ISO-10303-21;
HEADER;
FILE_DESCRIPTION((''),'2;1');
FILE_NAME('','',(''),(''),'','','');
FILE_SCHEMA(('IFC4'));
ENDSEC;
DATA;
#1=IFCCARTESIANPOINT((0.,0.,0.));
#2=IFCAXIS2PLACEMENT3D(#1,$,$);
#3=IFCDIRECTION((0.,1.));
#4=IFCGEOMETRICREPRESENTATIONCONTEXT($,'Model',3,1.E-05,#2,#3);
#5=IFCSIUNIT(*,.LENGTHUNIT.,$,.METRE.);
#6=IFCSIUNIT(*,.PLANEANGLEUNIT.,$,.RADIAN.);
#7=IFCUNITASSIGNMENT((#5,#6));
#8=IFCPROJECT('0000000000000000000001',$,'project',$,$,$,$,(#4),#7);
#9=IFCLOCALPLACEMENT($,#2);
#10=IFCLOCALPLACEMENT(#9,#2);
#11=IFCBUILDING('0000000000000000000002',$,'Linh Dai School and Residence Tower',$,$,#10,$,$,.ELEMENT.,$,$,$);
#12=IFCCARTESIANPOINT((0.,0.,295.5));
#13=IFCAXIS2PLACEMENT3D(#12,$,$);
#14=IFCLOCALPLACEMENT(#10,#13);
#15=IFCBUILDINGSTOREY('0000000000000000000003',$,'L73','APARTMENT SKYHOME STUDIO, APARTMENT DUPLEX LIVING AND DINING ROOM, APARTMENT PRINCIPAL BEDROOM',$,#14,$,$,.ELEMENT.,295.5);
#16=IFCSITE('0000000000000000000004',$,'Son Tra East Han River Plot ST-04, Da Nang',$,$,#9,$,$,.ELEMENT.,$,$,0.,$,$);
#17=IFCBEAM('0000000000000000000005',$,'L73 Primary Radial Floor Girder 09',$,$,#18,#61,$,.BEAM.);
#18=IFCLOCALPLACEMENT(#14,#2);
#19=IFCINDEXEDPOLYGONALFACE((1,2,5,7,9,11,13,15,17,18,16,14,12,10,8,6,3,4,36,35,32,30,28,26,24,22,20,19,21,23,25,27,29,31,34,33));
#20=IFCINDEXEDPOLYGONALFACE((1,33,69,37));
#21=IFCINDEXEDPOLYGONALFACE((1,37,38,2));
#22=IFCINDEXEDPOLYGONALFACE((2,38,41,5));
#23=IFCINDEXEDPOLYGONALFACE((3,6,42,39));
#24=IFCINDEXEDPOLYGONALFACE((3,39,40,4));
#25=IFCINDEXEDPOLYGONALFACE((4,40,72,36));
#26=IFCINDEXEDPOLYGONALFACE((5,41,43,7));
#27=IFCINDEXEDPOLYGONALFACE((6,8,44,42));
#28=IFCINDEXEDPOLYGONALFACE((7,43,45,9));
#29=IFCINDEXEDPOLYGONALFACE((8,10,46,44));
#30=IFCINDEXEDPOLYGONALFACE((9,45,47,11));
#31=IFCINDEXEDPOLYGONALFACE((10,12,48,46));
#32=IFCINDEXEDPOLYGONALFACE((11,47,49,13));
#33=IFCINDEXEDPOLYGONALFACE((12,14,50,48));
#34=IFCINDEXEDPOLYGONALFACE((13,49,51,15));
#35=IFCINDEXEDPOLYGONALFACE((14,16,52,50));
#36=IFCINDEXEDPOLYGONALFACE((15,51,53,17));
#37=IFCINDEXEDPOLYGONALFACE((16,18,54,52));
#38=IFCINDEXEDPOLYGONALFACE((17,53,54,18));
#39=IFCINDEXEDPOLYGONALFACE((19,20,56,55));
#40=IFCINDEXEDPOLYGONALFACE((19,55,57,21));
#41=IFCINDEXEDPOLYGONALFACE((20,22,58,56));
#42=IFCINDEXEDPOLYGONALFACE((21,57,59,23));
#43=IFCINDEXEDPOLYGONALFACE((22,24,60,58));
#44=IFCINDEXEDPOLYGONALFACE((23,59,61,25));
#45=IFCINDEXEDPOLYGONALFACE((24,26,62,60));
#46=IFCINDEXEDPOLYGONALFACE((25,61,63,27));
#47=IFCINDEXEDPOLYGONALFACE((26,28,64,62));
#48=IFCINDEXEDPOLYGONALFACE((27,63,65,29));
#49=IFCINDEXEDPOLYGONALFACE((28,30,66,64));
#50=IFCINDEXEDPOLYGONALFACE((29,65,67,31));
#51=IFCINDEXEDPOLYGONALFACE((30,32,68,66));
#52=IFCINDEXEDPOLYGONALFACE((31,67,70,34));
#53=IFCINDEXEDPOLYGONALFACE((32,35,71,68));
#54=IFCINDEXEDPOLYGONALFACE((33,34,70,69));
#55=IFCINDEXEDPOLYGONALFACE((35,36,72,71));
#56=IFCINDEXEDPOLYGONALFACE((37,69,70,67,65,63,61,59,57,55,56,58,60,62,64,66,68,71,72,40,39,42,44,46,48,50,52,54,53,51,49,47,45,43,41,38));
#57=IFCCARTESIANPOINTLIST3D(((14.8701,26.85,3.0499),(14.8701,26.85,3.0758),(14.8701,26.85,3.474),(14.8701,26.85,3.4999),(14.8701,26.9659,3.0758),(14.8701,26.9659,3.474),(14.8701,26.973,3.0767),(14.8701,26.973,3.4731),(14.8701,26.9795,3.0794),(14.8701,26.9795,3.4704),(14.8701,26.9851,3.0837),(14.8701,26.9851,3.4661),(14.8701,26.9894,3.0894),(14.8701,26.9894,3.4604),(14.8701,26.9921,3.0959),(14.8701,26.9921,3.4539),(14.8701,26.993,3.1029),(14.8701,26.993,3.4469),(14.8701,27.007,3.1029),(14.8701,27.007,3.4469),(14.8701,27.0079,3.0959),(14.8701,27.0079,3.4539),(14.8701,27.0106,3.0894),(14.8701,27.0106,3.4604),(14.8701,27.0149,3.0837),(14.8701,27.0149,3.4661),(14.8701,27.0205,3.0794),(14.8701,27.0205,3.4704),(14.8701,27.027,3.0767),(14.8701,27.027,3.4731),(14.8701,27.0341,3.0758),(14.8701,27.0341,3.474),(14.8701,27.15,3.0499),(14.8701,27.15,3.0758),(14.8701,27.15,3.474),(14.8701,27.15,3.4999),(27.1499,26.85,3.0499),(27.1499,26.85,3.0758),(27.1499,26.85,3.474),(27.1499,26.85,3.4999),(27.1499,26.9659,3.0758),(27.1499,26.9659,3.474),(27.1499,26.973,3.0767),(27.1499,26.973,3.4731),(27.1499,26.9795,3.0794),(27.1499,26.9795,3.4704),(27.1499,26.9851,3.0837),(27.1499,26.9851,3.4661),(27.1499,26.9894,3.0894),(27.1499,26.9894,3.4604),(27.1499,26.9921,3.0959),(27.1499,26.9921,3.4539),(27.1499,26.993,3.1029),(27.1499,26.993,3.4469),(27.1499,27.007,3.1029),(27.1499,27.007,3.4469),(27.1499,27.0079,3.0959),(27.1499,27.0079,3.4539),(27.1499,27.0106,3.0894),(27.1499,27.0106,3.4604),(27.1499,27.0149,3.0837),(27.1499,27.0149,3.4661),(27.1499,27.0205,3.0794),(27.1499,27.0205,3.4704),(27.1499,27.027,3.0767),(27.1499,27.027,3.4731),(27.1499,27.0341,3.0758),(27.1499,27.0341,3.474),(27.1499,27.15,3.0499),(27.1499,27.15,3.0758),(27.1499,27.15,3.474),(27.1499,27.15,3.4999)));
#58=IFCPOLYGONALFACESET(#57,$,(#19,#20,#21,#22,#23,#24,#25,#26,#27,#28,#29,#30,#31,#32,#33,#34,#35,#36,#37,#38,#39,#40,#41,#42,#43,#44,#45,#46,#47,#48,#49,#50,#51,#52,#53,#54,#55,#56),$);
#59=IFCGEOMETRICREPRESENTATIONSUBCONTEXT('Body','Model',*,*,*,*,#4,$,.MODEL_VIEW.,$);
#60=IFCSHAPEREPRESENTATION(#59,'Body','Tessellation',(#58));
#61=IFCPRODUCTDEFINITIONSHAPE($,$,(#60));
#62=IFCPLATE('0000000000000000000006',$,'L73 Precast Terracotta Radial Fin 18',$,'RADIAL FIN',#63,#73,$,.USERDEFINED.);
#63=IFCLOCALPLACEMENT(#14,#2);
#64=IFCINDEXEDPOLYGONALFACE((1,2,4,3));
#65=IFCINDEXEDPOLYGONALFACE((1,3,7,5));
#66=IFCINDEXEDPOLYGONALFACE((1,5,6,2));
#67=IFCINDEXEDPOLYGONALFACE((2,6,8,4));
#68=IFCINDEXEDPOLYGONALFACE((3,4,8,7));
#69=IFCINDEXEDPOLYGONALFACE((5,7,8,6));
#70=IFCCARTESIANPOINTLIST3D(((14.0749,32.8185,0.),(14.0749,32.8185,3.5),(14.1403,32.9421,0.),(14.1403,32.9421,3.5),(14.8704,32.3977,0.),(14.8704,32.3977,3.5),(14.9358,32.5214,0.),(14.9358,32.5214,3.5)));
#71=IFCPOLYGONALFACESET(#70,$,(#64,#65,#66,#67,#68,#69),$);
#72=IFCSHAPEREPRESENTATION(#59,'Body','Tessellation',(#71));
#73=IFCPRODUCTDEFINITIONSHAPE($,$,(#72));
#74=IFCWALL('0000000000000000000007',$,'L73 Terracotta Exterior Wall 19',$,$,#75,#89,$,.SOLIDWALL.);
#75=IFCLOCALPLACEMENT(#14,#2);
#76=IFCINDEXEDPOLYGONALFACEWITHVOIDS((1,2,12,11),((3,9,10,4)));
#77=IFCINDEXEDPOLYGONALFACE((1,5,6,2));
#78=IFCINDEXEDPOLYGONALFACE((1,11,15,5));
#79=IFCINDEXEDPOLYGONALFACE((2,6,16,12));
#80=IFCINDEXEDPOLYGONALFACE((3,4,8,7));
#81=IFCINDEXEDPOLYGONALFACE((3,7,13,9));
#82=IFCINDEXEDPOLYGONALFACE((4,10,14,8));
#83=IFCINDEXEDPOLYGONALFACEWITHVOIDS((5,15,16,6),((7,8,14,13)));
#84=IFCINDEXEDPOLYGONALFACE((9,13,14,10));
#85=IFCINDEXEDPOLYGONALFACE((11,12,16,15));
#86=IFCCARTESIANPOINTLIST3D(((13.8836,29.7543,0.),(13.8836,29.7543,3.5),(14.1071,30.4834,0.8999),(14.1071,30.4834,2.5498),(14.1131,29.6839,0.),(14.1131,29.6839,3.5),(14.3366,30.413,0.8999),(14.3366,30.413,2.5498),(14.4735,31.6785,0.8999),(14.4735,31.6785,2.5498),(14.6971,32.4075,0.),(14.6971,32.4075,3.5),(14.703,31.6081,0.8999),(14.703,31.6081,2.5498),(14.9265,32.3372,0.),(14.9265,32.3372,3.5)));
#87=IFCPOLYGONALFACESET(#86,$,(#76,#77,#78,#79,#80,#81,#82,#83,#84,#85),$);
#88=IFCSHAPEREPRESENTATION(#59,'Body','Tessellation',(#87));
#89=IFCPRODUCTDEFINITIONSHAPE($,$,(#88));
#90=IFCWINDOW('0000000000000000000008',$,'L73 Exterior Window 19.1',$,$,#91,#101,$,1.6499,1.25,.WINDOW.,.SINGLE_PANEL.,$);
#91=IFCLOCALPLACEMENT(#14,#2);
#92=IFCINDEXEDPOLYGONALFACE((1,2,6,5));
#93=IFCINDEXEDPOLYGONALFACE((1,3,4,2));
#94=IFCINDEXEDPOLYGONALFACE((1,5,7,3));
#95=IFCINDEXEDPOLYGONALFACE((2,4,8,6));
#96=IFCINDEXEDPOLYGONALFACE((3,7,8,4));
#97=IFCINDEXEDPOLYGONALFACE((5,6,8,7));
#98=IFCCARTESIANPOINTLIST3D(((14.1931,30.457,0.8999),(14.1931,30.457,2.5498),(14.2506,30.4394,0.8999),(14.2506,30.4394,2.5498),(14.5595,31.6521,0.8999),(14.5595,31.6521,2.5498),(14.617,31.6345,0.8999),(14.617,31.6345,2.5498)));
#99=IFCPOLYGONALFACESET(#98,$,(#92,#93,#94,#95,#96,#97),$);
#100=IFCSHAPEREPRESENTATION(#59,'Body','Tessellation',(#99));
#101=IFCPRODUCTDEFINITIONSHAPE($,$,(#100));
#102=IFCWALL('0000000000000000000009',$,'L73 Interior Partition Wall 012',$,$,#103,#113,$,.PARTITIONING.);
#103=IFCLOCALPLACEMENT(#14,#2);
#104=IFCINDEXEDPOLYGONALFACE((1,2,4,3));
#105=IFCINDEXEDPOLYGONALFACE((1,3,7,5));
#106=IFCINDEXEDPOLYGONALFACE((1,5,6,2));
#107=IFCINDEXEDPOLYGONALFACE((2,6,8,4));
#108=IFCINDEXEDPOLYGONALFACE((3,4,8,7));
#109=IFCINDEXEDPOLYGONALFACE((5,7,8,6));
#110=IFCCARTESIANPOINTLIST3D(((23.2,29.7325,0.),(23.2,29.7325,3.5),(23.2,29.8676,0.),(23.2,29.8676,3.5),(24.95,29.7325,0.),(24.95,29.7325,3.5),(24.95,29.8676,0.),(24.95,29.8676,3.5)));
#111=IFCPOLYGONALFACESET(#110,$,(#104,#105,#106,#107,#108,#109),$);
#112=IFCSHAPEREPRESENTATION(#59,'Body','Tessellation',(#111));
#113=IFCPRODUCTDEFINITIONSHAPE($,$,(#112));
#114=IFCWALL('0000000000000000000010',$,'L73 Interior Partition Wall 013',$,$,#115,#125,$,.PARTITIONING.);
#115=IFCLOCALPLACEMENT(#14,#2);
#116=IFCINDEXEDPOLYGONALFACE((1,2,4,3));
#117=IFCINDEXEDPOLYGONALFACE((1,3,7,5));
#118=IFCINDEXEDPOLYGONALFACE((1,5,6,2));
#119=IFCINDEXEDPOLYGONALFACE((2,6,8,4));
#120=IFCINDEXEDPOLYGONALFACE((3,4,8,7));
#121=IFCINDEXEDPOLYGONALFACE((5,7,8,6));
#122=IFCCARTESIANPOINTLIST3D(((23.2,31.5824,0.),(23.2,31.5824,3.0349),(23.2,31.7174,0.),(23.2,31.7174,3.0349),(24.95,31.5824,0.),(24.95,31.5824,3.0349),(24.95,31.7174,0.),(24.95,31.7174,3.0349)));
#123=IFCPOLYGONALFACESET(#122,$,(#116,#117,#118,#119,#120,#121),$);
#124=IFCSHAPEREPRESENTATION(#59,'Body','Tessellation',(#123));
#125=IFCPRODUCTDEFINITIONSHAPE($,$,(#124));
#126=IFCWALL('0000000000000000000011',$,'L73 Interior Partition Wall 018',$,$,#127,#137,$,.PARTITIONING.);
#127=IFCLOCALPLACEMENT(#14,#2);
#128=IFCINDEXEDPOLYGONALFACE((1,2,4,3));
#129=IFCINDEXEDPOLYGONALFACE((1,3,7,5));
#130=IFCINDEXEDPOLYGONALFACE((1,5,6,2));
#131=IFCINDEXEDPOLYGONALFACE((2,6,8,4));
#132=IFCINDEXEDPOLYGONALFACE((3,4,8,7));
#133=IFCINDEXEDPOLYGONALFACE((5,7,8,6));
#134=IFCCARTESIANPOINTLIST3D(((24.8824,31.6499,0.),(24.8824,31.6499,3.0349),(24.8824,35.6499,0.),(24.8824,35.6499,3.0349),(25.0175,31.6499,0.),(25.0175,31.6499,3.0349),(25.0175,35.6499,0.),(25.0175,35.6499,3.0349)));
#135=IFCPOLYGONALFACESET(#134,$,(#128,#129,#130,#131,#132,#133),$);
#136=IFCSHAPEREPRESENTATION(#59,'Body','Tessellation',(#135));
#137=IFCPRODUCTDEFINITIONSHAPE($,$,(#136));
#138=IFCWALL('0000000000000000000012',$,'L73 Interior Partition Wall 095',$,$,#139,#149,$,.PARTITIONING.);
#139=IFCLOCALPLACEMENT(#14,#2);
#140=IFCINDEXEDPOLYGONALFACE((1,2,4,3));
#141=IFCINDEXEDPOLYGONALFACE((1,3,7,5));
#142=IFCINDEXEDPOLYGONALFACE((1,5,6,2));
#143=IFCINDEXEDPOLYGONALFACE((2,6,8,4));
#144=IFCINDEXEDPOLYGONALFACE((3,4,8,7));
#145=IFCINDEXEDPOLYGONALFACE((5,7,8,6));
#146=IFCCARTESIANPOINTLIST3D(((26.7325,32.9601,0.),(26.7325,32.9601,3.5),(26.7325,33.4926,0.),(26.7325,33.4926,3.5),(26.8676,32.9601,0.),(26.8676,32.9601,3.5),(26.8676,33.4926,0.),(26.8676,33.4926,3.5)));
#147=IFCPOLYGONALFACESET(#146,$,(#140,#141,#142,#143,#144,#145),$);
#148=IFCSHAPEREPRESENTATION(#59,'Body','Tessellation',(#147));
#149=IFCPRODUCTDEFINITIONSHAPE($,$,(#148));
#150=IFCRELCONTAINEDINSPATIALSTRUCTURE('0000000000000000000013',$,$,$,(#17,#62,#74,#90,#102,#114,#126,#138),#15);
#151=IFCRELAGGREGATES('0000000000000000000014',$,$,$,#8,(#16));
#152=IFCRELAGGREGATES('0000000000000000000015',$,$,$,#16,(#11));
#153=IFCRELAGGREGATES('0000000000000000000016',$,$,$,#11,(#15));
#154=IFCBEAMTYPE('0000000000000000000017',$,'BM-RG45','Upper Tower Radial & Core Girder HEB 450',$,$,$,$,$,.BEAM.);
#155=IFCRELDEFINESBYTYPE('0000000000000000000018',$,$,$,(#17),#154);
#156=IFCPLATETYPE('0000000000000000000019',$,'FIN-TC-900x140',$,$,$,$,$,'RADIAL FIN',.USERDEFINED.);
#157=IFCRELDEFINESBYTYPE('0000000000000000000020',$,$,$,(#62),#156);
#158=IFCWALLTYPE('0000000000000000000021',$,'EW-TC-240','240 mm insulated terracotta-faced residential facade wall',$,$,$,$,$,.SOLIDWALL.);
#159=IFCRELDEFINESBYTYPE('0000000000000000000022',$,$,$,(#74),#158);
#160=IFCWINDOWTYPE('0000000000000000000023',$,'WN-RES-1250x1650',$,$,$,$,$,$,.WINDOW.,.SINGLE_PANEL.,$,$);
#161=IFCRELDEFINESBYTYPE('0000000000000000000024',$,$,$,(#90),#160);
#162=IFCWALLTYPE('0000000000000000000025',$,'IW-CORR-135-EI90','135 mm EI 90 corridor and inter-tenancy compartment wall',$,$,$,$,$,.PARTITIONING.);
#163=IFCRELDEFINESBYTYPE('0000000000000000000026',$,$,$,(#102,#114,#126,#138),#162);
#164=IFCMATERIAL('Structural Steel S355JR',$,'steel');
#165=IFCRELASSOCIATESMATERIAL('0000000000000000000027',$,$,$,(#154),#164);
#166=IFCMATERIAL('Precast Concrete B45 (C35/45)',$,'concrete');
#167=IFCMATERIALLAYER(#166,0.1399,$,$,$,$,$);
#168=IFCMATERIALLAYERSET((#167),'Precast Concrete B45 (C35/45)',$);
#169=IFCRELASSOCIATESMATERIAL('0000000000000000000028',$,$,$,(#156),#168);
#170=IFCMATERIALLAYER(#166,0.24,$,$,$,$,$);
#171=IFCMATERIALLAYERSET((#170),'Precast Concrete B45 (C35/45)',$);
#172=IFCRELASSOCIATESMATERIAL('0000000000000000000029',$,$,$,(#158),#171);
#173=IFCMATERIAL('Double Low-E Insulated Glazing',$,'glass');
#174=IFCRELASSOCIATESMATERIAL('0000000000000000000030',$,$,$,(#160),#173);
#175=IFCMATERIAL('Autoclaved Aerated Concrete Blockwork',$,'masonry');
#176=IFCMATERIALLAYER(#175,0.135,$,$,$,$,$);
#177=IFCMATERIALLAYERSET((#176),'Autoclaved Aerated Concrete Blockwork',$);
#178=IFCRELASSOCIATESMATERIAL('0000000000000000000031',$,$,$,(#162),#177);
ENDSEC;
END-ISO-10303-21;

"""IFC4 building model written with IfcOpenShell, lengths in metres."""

from ifc_helpers import new_model, si_unit, direction, frame, frame_2d, origin, origin_2d, place, context, subcontext, project, spatial, rectangle, i_section, extrude, source, transform, mapped, material, layer, layer_set, material_profile, profile_set, type_object, element, fill, save


model = new_model("IFC4")

# Units and contexts
model_context = context("Model", 3, precision=1e-05, world=origin(), true_north=direction((0.0, 1.0)))
body_context = subcontext(model_context, "Body", "Model", "MODEL_VIEW")
ifc_project = project(units=[si_unit("LENGTHUNIT", "METRE"), si_unit("PLANEANGLEUNIT", "RADIAN")], contexts=[model_context])

# Site, building, storey
site_placement = place(None, origin())
site = spatial("IfcSite", under=ifc_project, at=site_placement, Name="Son Tra East Han River Plot ST-04, Da Nang", CompositionType="ELEMENT", RefElevation=0.0)
building_placement = place(site_placement, origin())
building = spatial("IfcBuilding", under=site, at=building_placement, Name="Linh Dai School and Residence Tower", CompositionType="ELEMENT")
storey_placement = place(building_placement, frame((0.0, 0.0, 295.5)))
storey = spatial("IfcBuildingStorey", under=building, at=storey_placement, Name="L73", Description="APARTMENT SKYHOME STUDIO, APARTMENT DUPLEX LIVING AND DINING ROOM, APARTMENT PRINCIPAL BEDROOM", CompositionType="ELEMENT", Elevation=295.5)

# Shared definitions
ifc_material_1 = material(Name="Structural Steel S355JR", Category="steel")

# Beam
ifc_material_profile_1 = material_profile(ifc_material_1, i_section(OverallWidth=0.3, OverallDepth=0.45, WebThickness=0.0139, FlangeThickness=0.0259, FilletRadius=0.0271, at=origin_2d()), Name="HEB 450")
ifc_profile_set_1 = profile_set([ifc_material_profile_1], Name="Structural Steel S355JR")
beam_type_1 = type_object("IfcBeamType", Name="BM-RG45", Description="Upper Tower Radial & Core Girder HEB 450", PredefinedType="BEAM", material=ifc_profile_set_1)
beam_1_placement = place(storey_placement, frame((27.1499, 27.0, 3.2749), z_axis=(-1.0, 0.0, 0.0), x_axis=(0.0, -1.0, 0.0)))
element("IfcBeam", 1, at=beam_1_placement, inside=storey, type_object=beam_type_1, Name="L73 Primary Radial Floor Girder 09", PredefinedType="BEAM", context=body_context, shape_type="SweptSolid", body=[
    extrude(i_section(OverallWidth=0.3, OverallDepth=0.45, WebThickness=0.0139, FlangeThickness=0.0259, FilletRadius=0.0271, at=origin_2d()), origin(), (0.0, 0.0, 1.0), 12.2798),
])

# Plate
ifc_material_2 = material(Name="Precast Concrete B45 (C35/45)", Category="concrete")
ifc_layer_1 = layer(ifc_material_2, 0.1399)
ifc_layer_set_1 = layer_set([ifc_layer_1], Name="Precast Concrete B45 (C35/45)")
plate_type = type_object("IfcPlateType", Name="FIN-TC-900x140", ElementType="RADIAL FIN", PredefinedType="USERDEFINED", material=ifc_layer_set_1)
shared_shape_1 = source(origin(), body_context, "Body", "SweptSolid", [
    extrude(rectangle(XDim=0.8999, YDim=0.1399, at=origin_2d()), origin(), (0.0, 0.0, 1.0), 3.5),
])
plate_placement = place(storey_placement, frame((14.5054, 32.6699, 0.0), z_axis=(0.0, 0.0, 1.0), x_axis=(-0.883938, 0.467604, 0.0)))
element("IfcPlate", 2, at=plate_placement, inside=storey, type_object=plate_type, Name="L73 Precast Terracotta Radial Fin 18", ObjectType="RADIAL FIN", PredefinedType="USERDEFINED", context=body_context, shape_type="MappedRepresentation", body=[
    mapped(shared_shape_1, transform((0.0, 0.0, 0.0), x_axis=(1.0, 0.0, 0.0), y_axis=(0.0, 1.0, 0.0), z_axis=(0.0, 0.0, 1.0), scale=1.0)),
])

# Shared definitions
ifc_layer_2 = layer(ifc_material_2, 0.24)
ifc_layer_set_2 = layer_set([ifc_layer_2], Name="Precast Concrete B45 (C35/45)")
wall_type_1 = type_object("IfcWallType", Name="EW-TC-240", Description="240 mm insulated terracotta-faced residential facade wall", PredefinedType="SOLIDWALL", material=ifc_layer_set_2)

# Wall, opening, window
wall_1_placement = place(storey_placement, frame((13.9983, 29.719, 0.0), z_axis=(0.0, 0.0, 1.0), x_axis=(0.293121, 0.956075, 0.0)))
wall_1 = element("IfcWall", 3, at=wall_1_placement, inside=storey, type_object=wall_type_1, Name="L73 Terracotta Exterior Wall 19", PredefinedType="SOLIDWALL", context=body_context, shape_type="SweptSolid", body=[
    extrude(rectangle(XDim=2.7751, YDim=0.24, at=frame_2d((1.3877, 0.0))), origin(), (0.0, 0.0, 1.0), 3.5),
])
opening_1_placement = place(wall_1_placement, frame((0.7627, 0.0, 0.8999)))
opening_1 = element("IfcOpeningElement", 4, at=opening_1_placement, cuts=wall_1, PredefinedType="OPENING", context=body_context, shape_type="SweptSolid", body=[
    extrude(rectangle(XDim=1.25, YDim=1.6499, at=origin_2d()), frame((0.625, 0.1299, 0.825), z_axis=(0.0, -1.0, 0.0), x_axis=(1.0, 0.0, 0.0)), (0.0, 0.0, 1.0), 0.26),
])
ifc_material_3 = material(Name="Double Low-E Insulated Glazing", Category="glass")
window_type = type_object("IfcWindowType", Name="WN-RES-1250x1650", PartitioningType="SINGLE_PANEL", PredefinedType="WINDOW", material=ifc_material_3)
shared_shape_2 = source(origin(), body_context, "Body", "SweptSolid", [
    extrude(rectangle(XDim=1.25, YDim=1.6499, at=origin_2d()), frame((0.625, 0.03, 0.825), z_axis=(0.0, -1.0, 0.0), x_axis=(1.0, 0.0, 0.0)), (0.0, 0.0, 1.0), 0.0601),
])
window_placement = place(opening_1_placement, origin())
window = element("IfcWindow", 5, at=window_placement, inside=storey, type_object=window_type, Name="L73 Exterior Window 19.1", OverallHeight=1.6499, OverallWidth=1.25, PartitioningType="SINGLE_PANEL", PredefinedType="WINDOW", context=body_context, shape_type="MappedRepresentation", body=[
    mapped(shared_shape_2, transform((0.0, 0.0, 0.0), x_axis=(1.0, 0.0, 0.0), y_axis=(0.0, 1.0, 0.0), z_axis=(0.0, 0.0, 1.0), scale=1.0)),
])
fill(opening_1, window)

# Shared definitions
ifc_material_4 = material(Name="Autoclaved Aerated Concrete Blockwork", Category="masonry")
ifc_layer_3 = layer(ifc_material_4, 0.135)
ifc_layer_set_3 = layer_set([ifc_layer_3], Name="Autoclaved Aerated Concrete Blockwork")
wall_type_2 = type_object("IfcWallType", Name="IW-CORR-135-EI90", Description="135 mm EI 90 corridor and inter-tenancy compartment wall", PredefinedType="PARTITIONING", material=ifc_layer_set_3)

# Walls
wall_2_placement = place(storey_placement, frame((23.2, 29.8, 0.0), z_axis=(0.0, 0.0, 1.0), x_axis=(1.0, 0.0, 0.0)))
element("IfcWall", 6, at=wall_2_placement, inside=storey, type_object=wall_type_2, Name="L73 Interior Partition Wall 012", PredefinedType="PARTITIONING", context=body_context, shape_type="SweptSolid", body=[
    extrude(rectangle(XDim=1.75, YDim=0.135, at=frame_2d((0.875, 0.0))), origin(), (0.0, 0.0, 1.0), 3.5),
])
wall_3_placement = place(storey_placement, frame((23.2, 31.6499, 0.0), z_axis=(0.0, 0.0, 1.0), x_axis=(1.0, 0.0, 0.0)))
element("IfcWall", 7, at=wall_3_placement, inside=storey, type_object=wall_type_2, Name="L73 Interior Partition Wall 013", PredefinedType="PARTITIONING", context=body_context, shape_type="SweptSolid", body=[
    extrude(rectangle(XDim=1.75, YDim=0.135, at=frame_2d((0.875, 0.0))), origin(), (0.0, 0.0, 1.0), 3.0349),
])
wall_4_placement = place(storey_placement, frame((24.95, 31.6499, 0.0), z_axis=(0.0, 0.0, 1.0), x_axis=(0.0, 1.0, 0.0)))
element("IfcWall", 8, at=wall_4_placement, inside=storey, type_object=wall_type_2, Name="L73 Interior Partition Wall 018", PredefinedType="PARTITIONING", context=body_context, shape_type="SweptSolid", body=[
    extrude(rectangle(XDim=4.0, YDim=0.135, at=frame_2d((2.0, 0.0))), origin(), (0.0, 0.0, 1.0), 3.0349),
])
wall_5_placement = place(storey_placement, frame((26.8, 33.4924, 0.0), z_axis=(0.0, 0.0, 1.0), x_axis=(0.0, -1.0, 0.0)))
element("IfcWall", 9, at=wall_5_placement, inside=storey, type_object=wall_type_2, Name="L73 Interior Partition Wall 095", PredefinedType="PARTITIONING", context=body_context, shape_type="SweptSolid", body=[
    extrude(rectangle(XDim=0.5325, YDim=0.135, at=frame_2d((0.2661, 0.0))), origin(), (0.0, 0.0, 1.0), 3.5),
])

save(model, "model.ifc")
